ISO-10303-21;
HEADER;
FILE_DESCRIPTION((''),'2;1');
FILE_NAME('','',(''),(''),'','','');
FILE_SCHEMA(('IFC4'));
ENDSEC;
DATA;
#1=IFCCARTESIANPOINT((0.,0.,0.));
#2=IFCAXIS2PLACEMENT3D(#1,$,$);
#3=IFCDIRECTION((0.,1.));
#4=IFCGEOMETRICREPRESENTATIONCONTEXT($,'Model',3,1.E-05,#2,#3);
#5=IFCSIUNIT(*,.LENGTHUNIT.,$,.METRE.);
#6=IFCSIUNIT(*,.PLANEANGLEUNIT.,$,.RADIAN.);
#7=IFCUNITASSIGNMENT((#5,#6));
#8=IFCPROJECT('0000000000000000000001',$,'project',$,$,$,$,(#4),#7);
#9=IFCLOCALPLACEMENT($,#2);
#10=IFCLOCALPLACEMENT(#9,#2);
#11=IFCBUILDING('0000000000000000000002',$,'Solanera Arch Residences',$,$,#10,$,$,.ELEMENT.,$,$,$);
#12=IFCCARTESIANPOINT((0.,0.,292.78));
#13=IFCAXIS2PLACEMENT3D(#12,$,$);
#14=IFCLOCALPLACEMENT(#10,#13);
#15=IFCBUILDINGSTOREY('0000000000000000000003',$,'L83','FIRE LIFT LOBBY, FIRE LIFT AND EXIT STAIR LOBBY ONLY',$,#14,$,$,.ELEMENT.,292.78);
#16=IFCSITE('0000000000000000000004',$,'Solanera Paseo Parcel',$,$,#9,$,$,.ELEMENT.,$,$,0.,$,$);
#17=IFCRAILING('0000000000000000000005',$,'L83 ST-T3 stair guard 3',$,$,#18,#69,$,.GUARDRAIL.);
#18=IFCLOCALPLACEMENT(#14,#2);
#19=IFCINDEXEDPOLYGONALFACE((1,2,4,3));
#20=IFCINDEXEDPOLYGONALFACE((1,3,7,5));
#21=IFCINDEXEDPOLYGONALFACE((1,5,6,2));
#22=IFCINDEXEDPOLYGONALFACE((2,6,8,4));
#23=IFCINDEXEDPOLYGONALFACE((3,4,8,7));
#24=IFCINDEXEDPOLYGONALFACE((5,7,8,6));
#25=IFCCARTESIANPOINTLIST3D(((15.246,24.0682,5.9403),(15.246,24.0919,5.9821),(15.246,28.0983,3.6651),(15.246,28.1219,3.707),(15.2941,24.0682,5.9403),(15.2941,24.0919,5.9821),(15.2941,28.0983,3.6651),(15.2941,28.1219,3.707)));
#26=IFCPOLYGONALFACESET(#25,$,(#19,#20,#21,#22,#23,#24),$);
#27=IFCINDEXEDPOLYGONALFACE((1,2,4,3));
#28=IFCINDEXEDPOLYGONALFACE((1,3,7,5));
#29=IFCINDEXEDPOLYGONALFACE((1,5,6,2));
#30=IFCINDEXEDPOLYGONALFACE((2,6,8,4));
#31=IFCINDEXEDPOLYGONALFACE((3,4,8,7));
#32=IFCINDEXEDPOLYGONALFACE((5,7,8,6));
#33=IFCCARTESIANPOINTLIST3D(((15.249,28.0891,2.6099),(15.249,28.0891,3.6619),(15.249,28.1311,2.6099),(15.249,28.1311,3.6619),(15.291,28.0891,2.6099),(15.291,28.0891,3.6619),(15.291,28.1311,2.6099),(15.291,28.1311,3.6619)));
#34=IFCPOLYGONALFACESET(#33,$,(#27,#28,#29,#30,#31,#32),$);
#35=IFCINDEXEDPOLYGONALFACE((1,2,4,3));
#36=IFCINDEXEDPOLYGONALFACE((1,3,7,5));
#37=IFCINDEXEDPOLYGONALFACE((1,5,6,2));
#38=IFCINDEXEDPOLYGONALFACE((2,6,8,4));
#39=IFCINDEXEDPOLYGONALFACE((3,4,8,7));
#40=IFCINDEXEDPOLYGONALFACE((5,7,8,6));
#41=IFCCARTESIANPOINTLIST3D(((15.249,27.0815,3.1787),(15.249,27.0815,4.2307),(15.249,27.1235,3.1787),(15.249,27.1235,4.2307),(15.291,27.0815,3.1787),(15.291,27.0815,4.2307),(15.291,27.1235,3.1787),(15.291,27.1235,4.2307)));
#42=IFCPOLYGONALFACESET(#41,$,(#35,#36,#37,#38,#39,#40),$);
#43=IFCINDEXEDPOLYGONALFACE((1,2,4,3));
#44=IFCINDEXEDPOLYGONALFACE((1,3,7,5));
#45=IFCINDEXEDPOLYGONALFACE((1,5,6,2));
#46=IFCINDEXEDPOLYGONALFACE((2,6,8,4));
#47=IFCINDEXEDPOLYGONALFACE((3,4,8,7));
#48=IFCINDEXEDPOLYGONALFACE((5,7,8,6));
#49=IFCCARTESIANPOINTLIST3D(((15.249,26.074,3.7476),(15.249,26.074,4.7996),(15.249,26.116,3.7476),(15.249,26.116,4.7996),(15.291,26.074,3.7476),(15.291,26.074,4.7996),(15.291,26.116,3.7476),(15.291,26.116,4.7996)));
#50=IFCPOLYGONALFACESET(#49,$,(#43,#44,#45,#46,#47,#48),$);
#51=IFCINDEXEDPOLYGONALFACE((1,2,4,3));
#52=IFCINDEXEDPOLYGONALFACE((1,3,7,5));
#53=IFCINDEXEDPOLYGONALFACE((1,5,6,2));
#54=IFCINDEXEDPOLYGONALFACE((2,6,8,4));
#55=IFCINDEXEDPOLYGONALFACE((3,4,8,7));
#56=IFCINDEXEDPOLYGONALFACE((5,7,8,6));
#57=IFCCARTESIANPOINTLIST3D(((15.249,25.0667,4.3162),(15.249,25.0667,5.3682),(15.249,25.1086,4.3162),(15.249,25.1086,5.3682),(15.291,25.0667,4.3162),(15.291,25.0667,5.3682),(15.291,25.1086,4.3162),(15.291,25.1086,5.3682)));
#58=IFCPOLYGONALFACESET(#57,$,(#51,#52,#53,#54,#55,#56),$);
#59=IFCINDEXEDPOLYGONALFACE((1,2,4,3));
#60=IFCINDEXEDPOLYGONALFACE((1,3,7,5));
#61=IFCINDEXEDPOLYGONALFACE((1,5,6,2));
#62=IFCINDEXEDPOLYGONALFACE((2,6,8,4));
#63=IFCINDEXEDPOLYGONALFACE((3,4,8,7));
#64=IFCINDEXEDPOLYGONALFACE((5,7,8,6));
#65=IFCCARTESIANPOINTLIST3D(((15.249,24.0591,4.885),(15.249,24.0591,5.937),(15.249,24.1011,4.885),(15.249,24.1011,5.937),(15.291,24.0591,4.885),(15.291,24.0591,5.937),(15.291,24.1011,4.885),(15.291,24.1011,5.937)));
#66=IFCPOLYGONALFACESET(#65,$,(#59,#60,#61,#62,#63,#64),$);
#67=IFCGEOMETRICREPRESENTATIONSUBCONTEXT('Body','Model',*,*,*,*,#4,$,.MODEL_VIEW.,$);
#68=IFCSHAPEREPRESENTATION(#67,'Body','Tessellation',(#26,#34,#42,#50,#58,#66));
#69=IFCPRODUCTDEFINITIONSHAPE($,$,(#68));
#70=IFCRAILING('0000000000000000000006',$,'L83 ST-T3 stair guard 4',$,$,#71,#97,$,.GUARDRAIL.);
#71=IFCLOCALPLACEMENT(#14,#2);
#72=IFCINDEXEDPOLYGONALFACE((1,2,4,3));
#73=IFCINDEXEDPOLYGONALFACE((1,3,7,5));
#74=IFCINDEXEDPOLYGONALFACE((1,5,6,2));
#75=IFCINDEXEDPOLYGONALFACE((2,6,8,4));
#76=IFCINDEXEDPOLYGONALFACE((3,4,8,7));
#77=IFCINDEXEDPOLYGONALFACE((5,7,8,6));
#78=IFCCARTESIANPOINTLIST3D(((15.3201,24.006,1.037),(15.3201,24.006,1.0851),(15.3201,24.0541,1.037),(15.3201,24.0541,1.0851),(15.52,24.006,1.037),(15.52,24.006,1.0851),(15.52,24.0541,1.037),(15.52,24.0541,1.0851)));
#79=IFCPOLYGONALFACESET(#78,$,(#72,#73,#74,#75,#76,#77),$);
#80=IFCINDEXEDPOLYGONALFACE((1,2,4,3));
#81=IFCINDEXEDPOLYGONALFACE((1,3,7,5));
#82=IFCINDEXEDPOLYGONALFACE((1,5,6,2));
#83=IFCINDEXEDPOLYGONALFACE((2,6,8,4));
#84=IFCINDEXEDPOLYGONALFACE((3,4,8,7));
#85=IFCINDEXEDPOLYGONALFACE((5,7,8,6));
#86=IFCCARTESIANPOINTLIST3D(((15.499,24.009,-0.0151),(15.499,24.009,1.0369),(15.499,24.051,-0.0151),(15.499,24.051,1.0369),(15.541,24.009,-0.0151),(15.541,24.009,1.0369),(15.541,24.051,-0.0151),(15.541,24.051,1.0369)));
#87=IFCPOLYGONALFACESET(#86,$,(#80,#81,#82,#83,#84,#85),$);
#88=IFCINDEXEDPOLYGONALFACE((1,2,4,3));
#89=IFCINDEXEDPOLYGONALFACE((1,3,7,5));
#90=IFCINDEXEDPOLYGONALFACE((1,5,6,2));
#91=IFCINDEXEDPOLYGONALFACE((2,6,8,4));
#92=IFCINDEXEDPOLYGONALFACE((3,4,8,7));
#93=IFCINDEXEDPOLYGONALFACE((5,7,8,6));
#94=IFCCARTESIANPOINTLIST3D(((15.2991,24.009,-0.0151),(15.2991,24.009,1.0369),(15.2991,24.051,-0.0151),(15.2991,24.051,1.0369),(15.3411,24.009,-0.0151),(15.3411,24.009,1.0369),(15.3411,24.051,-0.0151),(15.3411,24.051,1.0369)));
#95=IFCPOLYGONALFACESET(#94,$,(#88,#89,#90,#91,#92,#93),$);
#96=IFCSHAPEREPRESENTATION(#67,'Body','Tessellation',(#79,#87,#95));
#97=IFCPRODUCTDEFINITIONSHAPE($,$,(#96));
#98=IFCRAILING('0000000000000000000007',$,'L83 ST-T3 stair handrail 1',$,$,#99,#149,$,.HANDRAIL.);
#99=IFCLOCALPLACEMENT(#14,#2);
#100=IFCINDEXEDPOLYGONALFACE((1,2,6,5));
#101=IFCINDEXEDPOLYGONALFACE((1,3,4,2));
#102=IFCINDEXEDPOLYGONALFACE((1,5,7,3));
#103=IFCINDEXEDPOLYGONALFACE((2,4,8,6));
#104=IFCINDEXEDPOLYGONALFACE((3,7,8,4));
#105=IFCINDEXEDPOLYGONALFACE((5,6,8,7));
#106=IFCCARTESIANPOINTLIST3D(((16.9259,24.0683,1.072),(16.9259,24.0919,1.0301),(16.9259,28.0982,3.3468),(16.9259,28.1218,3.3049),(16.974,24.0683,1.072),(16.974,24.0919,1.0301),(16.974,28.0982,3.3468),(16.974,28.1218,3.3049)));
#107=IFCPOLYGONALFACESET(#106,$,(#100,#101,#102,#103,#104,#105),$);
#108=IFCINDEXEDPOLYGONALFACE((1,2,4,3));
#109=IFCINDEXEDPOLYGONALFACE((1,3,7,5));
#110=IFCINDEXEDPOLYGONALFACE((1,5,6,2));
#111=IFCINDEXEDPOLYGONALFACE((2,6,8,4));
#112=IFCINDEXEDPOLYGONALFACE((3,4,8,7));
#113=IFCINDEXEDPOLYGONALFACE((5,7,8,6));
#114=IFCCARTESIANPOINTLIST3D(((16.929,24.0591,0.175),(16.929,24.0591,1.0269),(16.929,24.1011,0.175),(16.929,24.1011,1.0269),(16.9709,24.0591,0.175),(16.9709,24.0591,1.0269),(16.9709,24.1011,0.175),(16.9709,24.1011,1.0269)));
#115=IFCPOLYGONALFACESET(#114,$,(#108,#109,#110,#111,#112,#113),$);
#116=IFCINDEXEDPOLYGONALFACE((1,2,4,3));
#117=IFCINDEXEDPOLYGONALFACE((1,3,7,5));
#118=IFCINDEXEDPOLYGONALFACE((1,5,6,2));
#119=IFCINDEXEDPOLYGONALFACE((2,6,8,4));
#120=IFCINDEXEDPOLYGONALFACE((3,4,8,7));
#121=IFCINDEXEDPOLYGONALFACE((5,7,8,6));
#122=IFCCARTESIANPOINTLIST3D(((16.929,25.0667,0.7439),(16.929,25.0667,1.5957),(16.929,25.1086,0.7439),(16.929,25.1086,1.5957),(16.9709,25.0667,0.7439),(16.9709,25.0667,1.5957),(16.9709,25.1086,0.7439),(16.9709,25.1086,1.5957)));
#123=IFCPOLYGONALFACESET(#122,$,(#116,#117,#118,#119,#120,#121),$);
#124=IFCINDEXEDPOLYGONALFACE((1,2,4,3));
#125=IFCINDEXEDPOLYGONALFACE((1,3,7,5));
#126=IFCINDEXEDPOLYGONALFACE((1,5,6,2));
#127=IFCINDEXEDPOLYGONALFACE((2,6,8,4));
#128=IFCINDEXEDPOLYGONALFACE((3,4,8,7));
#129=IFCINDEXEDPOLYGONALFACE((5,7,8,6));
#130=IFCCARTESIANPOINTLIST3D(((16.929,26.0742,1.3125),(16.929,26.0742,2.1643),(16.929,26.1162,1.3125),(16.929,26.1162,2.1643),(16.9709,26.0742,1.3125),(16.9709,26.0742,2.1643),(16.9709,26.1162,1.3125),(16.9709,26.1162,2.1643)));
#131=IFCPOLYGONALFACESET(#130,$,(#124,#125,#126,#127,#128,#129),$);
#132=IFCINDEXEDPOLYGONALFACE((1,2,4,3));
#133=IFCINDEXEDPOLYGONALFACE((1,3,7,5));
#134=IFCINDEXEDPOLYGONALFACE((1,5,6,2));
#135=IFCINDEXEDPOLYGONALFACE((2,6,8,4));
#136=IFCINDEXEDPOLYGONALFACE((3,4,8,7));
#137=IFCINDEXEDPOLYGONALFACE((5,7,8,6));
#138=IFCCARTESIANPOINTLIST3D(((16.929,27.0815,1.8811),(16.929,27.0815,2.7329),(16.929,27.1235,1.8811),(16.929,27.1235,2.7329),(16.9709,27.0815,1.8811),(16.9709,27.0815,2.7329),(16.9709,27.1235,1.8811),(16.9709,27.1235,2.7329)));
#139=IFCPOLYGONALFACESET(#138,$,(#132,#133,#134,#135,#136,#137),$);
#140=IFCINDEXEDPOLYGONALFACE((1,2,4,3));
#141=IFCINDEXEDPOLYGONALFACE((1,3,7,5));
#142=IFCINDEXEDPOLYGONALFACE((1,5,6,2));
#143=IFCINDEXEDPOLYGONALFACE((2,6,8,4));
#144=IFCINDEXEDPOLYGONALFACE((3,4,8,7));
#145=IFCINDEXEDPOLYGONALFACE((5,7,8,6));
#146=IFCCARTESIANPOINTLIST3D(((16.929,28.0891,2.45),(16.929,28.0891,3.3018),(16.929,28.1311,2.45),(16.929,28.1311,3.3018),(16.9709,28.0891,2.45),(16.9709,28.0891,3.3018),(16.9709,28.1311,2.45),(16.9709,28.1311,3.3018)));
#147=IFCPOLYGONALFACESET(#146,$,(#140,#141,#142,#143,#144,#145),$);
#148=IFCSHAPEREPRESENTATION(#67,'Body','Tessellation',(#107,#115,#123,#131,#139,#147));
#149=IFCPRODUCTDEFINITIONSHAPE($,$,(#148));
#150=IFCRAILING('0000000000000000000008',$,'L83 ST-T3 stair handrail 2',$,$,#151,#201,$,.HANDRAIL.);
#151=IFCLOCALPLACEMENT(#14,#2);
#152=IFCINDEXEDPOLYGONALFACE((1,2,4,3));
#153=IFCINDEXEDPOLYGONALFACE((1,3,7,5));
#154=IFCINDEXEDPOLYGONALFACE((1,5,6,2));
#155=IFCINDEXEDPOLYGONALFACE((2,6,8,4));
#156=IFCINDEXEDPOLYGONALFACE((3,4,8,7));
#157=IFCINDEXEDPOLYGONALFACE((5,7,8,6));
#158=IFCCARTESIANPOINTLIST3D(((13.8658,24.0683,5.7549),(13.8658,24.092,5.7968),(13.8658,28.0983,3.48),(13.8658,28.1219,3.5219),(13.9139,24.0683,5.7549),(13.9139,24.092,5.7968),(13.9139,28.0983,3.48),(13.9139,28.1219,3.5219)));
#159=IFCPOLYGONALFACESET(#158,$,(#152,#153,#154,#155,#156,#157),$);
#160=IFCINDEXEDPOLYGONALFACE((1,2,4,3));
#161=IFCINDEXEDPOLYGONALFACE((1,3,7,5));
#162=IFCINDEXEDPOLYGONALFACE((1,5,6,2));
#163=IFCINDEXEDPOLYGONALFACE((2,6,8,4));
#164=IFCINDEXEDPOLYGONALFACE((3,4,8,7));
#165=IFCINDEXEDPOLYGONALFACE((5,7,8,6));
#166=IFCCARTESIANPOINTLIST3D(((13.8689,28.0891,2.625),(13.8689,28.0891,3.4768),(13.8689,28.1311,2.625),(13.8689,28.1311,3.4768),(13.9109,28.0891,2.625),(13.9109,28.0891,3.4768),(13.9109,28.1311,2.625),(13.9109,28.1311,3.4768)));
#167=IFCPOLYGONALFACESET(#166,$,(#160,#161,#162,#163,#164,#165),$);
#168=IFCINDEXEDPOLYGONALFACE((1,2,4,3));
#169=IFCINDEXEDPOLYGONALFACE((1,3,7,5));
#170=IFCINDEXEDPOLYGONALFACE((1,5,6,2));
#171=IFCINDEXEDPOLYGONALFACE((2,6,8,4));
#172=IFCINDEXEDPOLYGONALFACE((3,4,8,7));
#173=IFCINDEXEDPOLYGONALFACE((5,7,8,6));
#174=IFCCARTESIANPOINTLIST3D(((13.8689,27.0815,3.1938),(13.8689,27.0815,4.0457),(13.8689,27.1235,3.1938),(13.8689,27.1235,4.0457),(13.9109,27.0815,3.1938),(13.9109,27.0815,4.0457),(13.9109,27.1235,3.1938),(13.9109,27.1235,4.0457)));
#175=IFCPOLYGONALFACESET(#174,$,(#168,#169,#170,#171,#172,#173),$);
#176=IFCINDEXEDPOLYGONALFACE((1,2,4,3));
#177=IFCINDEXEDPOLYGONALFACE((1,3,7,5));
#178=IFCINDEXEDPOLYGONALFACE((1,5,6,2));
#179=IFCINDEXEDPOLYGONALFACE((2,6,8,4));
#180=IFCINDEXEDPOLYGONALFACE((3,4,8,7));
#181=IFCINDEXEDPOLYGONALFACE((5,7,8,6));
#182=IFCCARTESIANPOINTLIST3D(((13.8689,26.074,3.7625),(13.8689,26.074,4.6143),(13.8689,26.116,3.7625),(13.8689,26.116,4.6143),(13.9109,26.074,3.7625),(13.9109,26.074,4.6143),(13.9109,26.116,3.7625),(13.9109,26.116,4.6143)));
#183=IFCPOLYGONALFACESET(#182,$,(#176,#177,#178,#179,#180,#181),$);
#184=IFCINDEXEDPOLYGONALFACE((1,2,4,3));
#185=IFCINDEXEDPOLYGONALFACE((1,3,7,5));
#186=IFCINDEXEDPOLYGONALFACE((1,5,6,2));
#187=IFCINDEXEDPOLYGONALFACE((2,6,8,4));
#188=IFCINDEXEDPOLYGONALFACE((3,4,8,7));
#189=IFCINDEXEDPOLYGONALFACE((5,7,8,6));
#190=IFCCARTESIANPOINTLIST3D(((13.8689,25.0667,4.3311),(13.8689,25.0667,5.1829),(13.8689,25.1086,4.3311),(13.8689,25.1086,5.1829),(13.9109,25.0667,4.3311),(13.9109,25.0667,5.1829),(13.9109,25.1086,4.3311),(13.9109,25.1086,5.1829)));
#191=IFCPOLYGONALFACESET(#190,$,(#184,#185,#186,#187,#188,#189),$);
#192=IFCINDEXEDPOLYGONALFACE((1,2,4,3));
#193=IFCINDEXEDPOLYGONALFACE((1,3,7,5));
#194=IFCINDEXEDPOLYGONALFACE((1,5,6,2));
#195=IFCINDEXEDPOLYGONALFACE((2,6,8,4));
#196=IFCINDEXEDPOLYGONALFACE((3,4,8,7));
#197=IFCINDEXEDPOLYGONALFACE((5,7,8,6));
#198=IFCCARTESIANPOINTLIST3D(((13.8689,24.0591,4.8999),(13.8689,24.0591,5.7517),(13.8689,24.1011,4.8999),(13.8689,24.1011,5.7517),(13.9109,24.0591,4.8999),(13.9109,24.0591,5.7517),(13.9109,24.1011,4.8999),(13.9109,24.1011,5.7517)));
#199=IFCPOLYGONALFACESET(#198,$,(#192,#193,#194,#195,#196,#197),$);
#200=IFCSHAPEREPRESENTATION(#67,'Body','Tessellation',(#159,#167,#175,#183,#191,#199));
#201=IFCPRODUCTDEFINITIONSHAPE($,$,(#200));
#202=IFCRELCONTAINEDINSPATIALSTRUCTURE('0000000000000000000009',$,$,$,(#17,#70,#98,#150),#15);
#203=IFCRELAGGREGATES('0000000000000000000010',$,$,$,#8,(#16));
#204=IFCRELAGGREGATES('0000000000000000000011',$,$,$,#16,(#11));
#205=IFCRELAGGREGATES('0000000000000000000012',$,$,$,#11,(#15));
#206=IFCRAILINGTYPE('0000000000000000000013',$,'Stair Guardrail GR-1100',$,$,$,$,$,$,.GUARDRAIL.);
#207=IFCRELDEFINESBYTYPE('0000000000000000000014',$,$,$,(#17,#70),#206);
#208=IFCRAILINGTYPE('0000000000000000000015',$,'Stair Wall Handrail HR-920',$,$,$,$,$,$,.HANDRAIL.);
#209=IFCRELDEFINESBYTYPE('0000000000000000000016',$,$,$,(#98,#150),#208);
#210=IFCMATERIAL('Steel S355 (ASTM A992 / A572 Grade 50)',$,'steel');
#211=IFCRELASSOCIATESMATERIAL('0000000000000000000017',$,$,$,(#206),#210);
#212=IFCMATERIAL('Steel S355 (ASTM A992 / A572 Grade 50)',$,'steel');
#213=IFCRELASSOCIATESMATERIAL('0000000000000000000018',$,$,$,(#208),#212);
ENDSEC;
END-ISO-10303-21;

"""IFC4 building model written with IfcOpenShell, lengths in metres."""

from ifc_helpers import new_model, si_unit, direction, frame, origin, origin_2d, place, context, subcontext, project, spatial, rectangle, extrude, material, type_object, element, save


model = new_model("IFC4")

# Units and contexts
model_context = context("Model", 3, precision=1e-05, world=origin(), true_north=direction((0.0, 1.0)))
body_context = subcontext(model_context, "Body", "Model", "MODEL_VIEW")
ifc_project = project(units=[si_unit("LENGTHUNIT", "METRE"), si_unit("PLANEANGLEUNIT", "RADIAN")], contexts=[model_context])

# Site, building, storey
site_placement = place(None, origin())
site = spatial("IfcSite", under=ifc_project, at=site_placement, Name="Solanera Paseo Parcel", CompositionType="ELEMENT", RefElevation=0.0)
building_placement = place(site_placement, origin())
building = spatial("IfcBuilding", under=site, at=building_placement, Name="Solanera Arch Residences", CompositionType="ELEMENT")
storey_placement = place(building_placement, frame((0.0, 0.0, 292.78)))
storey = spatial("IfcBuildingStorey", under=building, at=storey_placement, Name="L83", Description="FIRE LIFT LOBBY, FIRE LIFT AND EXIT STAIR LOBBY ONLY", CompositionType="ELEMENT", Elevation=292.78)

# Railings
ifc_material_1 = material(Name="Steel S355 (ASTM A992 / A572 Grade 50)", Category="steel")
railing_type_1 = type_object("IfcRailingType", Name="Stair Guardrail GR-1100", PredefinedType="GUARDRAIL", material=ifc_material_1)
railing_1_placement = place(storey_placement, frame((15.27, 28.1101, 2.6099)))
element("IfcRailing", 1, at=railing_1_placement, inside=storey, type_object=railing_type_1, Name="L83 ST-T3 stair guard 3", PredefinedType="GUARDRAIL", context=body_context, shape_type="SweptSolid", body=[
    extrude(rectangle(XDim=0.0481, YDim=0.0481, at=origin_2d()), frame((0.0, 0.0, 1.0762), z_axis=(0.0, -0.870812, 0.491616), x_axis=(1.0, 0.0, 0.0)), (0.0, 0.0, 1.0), 4.6279),
    extrude(rectangle(XDim=0.042, YDim=0.042, at=origin_2d()), origin(), (0.0, 0.0, 1.0), 1.052),
    extrude(rectangle(XDim=0.042, YDim=0.042, at=origin_2d()), frame((0.0, -1.0076, 0.5688)), (0.0, 0.0, 1.0), 1.052),
    extrude(rectangle(XDim=0.042, YDim=0.042, at=origin_2d()), frame((0.0, -2.0151, 1.1377)), (0.0, 0.0, 1.0), 1.052),
    extrude(rectangle(XDim=0.042, YDim=0.042, at=origin_2d()), frame((0.0, -3.0225, 1.7063)), (0.0, 0.0, 1.0), 1.052),
    extrude(rectangle(XDim=0.042, YDim=0.042, at=origin_2d()), frame((0.0, -4.03, 2.2751)), (0.0, 0.0, 1.0), 1.052),
])
railing_2_placement = place(storey_placement, frame((15.52, 24.03, -0.0151)))
element("IfcRailing", 2, at=railing_2_placement, inside=storey, type_object=railing_type_1, Name="L83 ST-T3 stair guard 4", PredefinedType="GUARDRAIL", context=body_context, shape_type="SweptSolid", body=[
    extrude(rectangle(XDim=0.0481, YDim=0.0481, at=origin_2d()), frame((0.0, 0.0, 1.0762), z_axis=(-1.0, 0.0, 0.0), x_axis=(0.0, -1.0, 0.0)), (0.0, 0.0, 1.0), 0.2),
    extrude(rectangle(XDim=0.042, YDim=0.042, at=origin_2d()), origin(), (0.0, 0.0, 1.0), 1.052),
    extrude(rectangle(XDim=0.042, YDim=0.042, at=origin_2d()), frame((-0.2, 0.0, 0.0)), (0.0, 0.0, 1.0), 1.052),
])
ifc_material_2 = material(Name="Steel S355 (ASTM A992 / A572 Grade 50)", Category="steel")
railing_type_2 = type_object("IfcRailingType", Name="Stair Wall Handrail HR-920", PredefinedType="HANDRAIL", material=ifc_material_2)
railing_3_placement = place(storey_placement, frame((16.95, 24.0801, 0.175)))
element("IfcRailing", 3, at=railing_3_placement, inside=storey, type_object=railing_type_2, Name="L83 ST-T3 stair handrail 1", PredefinedType="HANDRAIL", context=body_context, shape_type="SweptSolid", body=[
    extrude(rectangle(XDim=0.0481, YDim=0.0481, at=origin_2d()), frame((0.0, 0.0, 0.876), z_axis=(0.0, 0.870835, 0.491576), x_axis=(-1.0, 0.0, 0.0)), (0.0, 0.0, 1.0), 4.6277),
    extrude(rectangle(XDim=0.042, YDim=0.042, at=origin_2d()), origin(), (0.0, 0.0, 1.0), 0.8518),
    extrude(rectangle(XDim=0.042, YDim=0.042, at=origin_2d()), frame((0.0, 1.0076, 0.5688)), (0.0, 0.0, 1.0), 0.8518),
    extrude(rectangle(XDim=0.042, YDim=0.042, at=origin_2d()), frame((0.0, 2.0151, 1.1375)), (0.0, 0.0, 1.0), 0.8518),
    extrude(rectangle(XDim=0.042, YDim=0.042, at=origin_2d()), frame((0.0, 3.0225, 1.7061)), (0.0, 0.0, 1.0), 0.8518),
    extrude(rectangle(XDim=0.042, YDim=0.042, at=origin_2d()), frame((0.0, 4.03, 2.2749)), (0.0, 0.0, 1.0), 0.8518),
])
railing_4_placement = place(storey_placement, frame((13.8899, 28.1101, 2.625)))
element("IfcRailing", 4, at=railing_4_placement, inside=storey, type_object=railing_type_2, Name="L83 ST-T3 stair handrail 2", PredefinedType="HANDRAIL", context=body_context, shape_type="SweptSolid", body=[
    extrude(rectangle(XDim=0.0481, YDim=0.0481, at=origin_2d()), frame((0.0, 0.0, 0.876), z_axis=(0.0, -0.870835, 0.491576), x_axis=(1.0, 0.0, 0.0)), (0.0, 0.0, 1.0), 4.6277),
    extrude(rectangle(XDim=0.042, YDim=0.042, at=origin_2d()), origin(), (0.0, 0.0, 1.0), 0.8518),
    extrude(rectangle(XDim=0.042, YDim=0.042, at=origin_2d()), frame((0.0, -1.0076, 0.5688)), (0.0, 0.0, 1.0), 0.8518),
    extrude(rectangle(XDim=0.042, YDim=0.042, at=origin_2d()), frame((0.0, -2.0151, 1.1375)), (0.0, 0.0, 1.0), 0.8518),
    extrude(rectangle(XDim=0.042, YDim=0.042, at=origin_2d()), frame((0.0, -3.0225, 1.7061)), (0.0, 0.0, 1.0), 0.8518),
    extrude(rectangle(XDim=0.042, YDim=0.042, at=origin_2d()), frame((0.0, -4.03, 2.2749)), (0.0, 0.0, 1.0), 0.8518),
])

save(model, "model.ifc")
